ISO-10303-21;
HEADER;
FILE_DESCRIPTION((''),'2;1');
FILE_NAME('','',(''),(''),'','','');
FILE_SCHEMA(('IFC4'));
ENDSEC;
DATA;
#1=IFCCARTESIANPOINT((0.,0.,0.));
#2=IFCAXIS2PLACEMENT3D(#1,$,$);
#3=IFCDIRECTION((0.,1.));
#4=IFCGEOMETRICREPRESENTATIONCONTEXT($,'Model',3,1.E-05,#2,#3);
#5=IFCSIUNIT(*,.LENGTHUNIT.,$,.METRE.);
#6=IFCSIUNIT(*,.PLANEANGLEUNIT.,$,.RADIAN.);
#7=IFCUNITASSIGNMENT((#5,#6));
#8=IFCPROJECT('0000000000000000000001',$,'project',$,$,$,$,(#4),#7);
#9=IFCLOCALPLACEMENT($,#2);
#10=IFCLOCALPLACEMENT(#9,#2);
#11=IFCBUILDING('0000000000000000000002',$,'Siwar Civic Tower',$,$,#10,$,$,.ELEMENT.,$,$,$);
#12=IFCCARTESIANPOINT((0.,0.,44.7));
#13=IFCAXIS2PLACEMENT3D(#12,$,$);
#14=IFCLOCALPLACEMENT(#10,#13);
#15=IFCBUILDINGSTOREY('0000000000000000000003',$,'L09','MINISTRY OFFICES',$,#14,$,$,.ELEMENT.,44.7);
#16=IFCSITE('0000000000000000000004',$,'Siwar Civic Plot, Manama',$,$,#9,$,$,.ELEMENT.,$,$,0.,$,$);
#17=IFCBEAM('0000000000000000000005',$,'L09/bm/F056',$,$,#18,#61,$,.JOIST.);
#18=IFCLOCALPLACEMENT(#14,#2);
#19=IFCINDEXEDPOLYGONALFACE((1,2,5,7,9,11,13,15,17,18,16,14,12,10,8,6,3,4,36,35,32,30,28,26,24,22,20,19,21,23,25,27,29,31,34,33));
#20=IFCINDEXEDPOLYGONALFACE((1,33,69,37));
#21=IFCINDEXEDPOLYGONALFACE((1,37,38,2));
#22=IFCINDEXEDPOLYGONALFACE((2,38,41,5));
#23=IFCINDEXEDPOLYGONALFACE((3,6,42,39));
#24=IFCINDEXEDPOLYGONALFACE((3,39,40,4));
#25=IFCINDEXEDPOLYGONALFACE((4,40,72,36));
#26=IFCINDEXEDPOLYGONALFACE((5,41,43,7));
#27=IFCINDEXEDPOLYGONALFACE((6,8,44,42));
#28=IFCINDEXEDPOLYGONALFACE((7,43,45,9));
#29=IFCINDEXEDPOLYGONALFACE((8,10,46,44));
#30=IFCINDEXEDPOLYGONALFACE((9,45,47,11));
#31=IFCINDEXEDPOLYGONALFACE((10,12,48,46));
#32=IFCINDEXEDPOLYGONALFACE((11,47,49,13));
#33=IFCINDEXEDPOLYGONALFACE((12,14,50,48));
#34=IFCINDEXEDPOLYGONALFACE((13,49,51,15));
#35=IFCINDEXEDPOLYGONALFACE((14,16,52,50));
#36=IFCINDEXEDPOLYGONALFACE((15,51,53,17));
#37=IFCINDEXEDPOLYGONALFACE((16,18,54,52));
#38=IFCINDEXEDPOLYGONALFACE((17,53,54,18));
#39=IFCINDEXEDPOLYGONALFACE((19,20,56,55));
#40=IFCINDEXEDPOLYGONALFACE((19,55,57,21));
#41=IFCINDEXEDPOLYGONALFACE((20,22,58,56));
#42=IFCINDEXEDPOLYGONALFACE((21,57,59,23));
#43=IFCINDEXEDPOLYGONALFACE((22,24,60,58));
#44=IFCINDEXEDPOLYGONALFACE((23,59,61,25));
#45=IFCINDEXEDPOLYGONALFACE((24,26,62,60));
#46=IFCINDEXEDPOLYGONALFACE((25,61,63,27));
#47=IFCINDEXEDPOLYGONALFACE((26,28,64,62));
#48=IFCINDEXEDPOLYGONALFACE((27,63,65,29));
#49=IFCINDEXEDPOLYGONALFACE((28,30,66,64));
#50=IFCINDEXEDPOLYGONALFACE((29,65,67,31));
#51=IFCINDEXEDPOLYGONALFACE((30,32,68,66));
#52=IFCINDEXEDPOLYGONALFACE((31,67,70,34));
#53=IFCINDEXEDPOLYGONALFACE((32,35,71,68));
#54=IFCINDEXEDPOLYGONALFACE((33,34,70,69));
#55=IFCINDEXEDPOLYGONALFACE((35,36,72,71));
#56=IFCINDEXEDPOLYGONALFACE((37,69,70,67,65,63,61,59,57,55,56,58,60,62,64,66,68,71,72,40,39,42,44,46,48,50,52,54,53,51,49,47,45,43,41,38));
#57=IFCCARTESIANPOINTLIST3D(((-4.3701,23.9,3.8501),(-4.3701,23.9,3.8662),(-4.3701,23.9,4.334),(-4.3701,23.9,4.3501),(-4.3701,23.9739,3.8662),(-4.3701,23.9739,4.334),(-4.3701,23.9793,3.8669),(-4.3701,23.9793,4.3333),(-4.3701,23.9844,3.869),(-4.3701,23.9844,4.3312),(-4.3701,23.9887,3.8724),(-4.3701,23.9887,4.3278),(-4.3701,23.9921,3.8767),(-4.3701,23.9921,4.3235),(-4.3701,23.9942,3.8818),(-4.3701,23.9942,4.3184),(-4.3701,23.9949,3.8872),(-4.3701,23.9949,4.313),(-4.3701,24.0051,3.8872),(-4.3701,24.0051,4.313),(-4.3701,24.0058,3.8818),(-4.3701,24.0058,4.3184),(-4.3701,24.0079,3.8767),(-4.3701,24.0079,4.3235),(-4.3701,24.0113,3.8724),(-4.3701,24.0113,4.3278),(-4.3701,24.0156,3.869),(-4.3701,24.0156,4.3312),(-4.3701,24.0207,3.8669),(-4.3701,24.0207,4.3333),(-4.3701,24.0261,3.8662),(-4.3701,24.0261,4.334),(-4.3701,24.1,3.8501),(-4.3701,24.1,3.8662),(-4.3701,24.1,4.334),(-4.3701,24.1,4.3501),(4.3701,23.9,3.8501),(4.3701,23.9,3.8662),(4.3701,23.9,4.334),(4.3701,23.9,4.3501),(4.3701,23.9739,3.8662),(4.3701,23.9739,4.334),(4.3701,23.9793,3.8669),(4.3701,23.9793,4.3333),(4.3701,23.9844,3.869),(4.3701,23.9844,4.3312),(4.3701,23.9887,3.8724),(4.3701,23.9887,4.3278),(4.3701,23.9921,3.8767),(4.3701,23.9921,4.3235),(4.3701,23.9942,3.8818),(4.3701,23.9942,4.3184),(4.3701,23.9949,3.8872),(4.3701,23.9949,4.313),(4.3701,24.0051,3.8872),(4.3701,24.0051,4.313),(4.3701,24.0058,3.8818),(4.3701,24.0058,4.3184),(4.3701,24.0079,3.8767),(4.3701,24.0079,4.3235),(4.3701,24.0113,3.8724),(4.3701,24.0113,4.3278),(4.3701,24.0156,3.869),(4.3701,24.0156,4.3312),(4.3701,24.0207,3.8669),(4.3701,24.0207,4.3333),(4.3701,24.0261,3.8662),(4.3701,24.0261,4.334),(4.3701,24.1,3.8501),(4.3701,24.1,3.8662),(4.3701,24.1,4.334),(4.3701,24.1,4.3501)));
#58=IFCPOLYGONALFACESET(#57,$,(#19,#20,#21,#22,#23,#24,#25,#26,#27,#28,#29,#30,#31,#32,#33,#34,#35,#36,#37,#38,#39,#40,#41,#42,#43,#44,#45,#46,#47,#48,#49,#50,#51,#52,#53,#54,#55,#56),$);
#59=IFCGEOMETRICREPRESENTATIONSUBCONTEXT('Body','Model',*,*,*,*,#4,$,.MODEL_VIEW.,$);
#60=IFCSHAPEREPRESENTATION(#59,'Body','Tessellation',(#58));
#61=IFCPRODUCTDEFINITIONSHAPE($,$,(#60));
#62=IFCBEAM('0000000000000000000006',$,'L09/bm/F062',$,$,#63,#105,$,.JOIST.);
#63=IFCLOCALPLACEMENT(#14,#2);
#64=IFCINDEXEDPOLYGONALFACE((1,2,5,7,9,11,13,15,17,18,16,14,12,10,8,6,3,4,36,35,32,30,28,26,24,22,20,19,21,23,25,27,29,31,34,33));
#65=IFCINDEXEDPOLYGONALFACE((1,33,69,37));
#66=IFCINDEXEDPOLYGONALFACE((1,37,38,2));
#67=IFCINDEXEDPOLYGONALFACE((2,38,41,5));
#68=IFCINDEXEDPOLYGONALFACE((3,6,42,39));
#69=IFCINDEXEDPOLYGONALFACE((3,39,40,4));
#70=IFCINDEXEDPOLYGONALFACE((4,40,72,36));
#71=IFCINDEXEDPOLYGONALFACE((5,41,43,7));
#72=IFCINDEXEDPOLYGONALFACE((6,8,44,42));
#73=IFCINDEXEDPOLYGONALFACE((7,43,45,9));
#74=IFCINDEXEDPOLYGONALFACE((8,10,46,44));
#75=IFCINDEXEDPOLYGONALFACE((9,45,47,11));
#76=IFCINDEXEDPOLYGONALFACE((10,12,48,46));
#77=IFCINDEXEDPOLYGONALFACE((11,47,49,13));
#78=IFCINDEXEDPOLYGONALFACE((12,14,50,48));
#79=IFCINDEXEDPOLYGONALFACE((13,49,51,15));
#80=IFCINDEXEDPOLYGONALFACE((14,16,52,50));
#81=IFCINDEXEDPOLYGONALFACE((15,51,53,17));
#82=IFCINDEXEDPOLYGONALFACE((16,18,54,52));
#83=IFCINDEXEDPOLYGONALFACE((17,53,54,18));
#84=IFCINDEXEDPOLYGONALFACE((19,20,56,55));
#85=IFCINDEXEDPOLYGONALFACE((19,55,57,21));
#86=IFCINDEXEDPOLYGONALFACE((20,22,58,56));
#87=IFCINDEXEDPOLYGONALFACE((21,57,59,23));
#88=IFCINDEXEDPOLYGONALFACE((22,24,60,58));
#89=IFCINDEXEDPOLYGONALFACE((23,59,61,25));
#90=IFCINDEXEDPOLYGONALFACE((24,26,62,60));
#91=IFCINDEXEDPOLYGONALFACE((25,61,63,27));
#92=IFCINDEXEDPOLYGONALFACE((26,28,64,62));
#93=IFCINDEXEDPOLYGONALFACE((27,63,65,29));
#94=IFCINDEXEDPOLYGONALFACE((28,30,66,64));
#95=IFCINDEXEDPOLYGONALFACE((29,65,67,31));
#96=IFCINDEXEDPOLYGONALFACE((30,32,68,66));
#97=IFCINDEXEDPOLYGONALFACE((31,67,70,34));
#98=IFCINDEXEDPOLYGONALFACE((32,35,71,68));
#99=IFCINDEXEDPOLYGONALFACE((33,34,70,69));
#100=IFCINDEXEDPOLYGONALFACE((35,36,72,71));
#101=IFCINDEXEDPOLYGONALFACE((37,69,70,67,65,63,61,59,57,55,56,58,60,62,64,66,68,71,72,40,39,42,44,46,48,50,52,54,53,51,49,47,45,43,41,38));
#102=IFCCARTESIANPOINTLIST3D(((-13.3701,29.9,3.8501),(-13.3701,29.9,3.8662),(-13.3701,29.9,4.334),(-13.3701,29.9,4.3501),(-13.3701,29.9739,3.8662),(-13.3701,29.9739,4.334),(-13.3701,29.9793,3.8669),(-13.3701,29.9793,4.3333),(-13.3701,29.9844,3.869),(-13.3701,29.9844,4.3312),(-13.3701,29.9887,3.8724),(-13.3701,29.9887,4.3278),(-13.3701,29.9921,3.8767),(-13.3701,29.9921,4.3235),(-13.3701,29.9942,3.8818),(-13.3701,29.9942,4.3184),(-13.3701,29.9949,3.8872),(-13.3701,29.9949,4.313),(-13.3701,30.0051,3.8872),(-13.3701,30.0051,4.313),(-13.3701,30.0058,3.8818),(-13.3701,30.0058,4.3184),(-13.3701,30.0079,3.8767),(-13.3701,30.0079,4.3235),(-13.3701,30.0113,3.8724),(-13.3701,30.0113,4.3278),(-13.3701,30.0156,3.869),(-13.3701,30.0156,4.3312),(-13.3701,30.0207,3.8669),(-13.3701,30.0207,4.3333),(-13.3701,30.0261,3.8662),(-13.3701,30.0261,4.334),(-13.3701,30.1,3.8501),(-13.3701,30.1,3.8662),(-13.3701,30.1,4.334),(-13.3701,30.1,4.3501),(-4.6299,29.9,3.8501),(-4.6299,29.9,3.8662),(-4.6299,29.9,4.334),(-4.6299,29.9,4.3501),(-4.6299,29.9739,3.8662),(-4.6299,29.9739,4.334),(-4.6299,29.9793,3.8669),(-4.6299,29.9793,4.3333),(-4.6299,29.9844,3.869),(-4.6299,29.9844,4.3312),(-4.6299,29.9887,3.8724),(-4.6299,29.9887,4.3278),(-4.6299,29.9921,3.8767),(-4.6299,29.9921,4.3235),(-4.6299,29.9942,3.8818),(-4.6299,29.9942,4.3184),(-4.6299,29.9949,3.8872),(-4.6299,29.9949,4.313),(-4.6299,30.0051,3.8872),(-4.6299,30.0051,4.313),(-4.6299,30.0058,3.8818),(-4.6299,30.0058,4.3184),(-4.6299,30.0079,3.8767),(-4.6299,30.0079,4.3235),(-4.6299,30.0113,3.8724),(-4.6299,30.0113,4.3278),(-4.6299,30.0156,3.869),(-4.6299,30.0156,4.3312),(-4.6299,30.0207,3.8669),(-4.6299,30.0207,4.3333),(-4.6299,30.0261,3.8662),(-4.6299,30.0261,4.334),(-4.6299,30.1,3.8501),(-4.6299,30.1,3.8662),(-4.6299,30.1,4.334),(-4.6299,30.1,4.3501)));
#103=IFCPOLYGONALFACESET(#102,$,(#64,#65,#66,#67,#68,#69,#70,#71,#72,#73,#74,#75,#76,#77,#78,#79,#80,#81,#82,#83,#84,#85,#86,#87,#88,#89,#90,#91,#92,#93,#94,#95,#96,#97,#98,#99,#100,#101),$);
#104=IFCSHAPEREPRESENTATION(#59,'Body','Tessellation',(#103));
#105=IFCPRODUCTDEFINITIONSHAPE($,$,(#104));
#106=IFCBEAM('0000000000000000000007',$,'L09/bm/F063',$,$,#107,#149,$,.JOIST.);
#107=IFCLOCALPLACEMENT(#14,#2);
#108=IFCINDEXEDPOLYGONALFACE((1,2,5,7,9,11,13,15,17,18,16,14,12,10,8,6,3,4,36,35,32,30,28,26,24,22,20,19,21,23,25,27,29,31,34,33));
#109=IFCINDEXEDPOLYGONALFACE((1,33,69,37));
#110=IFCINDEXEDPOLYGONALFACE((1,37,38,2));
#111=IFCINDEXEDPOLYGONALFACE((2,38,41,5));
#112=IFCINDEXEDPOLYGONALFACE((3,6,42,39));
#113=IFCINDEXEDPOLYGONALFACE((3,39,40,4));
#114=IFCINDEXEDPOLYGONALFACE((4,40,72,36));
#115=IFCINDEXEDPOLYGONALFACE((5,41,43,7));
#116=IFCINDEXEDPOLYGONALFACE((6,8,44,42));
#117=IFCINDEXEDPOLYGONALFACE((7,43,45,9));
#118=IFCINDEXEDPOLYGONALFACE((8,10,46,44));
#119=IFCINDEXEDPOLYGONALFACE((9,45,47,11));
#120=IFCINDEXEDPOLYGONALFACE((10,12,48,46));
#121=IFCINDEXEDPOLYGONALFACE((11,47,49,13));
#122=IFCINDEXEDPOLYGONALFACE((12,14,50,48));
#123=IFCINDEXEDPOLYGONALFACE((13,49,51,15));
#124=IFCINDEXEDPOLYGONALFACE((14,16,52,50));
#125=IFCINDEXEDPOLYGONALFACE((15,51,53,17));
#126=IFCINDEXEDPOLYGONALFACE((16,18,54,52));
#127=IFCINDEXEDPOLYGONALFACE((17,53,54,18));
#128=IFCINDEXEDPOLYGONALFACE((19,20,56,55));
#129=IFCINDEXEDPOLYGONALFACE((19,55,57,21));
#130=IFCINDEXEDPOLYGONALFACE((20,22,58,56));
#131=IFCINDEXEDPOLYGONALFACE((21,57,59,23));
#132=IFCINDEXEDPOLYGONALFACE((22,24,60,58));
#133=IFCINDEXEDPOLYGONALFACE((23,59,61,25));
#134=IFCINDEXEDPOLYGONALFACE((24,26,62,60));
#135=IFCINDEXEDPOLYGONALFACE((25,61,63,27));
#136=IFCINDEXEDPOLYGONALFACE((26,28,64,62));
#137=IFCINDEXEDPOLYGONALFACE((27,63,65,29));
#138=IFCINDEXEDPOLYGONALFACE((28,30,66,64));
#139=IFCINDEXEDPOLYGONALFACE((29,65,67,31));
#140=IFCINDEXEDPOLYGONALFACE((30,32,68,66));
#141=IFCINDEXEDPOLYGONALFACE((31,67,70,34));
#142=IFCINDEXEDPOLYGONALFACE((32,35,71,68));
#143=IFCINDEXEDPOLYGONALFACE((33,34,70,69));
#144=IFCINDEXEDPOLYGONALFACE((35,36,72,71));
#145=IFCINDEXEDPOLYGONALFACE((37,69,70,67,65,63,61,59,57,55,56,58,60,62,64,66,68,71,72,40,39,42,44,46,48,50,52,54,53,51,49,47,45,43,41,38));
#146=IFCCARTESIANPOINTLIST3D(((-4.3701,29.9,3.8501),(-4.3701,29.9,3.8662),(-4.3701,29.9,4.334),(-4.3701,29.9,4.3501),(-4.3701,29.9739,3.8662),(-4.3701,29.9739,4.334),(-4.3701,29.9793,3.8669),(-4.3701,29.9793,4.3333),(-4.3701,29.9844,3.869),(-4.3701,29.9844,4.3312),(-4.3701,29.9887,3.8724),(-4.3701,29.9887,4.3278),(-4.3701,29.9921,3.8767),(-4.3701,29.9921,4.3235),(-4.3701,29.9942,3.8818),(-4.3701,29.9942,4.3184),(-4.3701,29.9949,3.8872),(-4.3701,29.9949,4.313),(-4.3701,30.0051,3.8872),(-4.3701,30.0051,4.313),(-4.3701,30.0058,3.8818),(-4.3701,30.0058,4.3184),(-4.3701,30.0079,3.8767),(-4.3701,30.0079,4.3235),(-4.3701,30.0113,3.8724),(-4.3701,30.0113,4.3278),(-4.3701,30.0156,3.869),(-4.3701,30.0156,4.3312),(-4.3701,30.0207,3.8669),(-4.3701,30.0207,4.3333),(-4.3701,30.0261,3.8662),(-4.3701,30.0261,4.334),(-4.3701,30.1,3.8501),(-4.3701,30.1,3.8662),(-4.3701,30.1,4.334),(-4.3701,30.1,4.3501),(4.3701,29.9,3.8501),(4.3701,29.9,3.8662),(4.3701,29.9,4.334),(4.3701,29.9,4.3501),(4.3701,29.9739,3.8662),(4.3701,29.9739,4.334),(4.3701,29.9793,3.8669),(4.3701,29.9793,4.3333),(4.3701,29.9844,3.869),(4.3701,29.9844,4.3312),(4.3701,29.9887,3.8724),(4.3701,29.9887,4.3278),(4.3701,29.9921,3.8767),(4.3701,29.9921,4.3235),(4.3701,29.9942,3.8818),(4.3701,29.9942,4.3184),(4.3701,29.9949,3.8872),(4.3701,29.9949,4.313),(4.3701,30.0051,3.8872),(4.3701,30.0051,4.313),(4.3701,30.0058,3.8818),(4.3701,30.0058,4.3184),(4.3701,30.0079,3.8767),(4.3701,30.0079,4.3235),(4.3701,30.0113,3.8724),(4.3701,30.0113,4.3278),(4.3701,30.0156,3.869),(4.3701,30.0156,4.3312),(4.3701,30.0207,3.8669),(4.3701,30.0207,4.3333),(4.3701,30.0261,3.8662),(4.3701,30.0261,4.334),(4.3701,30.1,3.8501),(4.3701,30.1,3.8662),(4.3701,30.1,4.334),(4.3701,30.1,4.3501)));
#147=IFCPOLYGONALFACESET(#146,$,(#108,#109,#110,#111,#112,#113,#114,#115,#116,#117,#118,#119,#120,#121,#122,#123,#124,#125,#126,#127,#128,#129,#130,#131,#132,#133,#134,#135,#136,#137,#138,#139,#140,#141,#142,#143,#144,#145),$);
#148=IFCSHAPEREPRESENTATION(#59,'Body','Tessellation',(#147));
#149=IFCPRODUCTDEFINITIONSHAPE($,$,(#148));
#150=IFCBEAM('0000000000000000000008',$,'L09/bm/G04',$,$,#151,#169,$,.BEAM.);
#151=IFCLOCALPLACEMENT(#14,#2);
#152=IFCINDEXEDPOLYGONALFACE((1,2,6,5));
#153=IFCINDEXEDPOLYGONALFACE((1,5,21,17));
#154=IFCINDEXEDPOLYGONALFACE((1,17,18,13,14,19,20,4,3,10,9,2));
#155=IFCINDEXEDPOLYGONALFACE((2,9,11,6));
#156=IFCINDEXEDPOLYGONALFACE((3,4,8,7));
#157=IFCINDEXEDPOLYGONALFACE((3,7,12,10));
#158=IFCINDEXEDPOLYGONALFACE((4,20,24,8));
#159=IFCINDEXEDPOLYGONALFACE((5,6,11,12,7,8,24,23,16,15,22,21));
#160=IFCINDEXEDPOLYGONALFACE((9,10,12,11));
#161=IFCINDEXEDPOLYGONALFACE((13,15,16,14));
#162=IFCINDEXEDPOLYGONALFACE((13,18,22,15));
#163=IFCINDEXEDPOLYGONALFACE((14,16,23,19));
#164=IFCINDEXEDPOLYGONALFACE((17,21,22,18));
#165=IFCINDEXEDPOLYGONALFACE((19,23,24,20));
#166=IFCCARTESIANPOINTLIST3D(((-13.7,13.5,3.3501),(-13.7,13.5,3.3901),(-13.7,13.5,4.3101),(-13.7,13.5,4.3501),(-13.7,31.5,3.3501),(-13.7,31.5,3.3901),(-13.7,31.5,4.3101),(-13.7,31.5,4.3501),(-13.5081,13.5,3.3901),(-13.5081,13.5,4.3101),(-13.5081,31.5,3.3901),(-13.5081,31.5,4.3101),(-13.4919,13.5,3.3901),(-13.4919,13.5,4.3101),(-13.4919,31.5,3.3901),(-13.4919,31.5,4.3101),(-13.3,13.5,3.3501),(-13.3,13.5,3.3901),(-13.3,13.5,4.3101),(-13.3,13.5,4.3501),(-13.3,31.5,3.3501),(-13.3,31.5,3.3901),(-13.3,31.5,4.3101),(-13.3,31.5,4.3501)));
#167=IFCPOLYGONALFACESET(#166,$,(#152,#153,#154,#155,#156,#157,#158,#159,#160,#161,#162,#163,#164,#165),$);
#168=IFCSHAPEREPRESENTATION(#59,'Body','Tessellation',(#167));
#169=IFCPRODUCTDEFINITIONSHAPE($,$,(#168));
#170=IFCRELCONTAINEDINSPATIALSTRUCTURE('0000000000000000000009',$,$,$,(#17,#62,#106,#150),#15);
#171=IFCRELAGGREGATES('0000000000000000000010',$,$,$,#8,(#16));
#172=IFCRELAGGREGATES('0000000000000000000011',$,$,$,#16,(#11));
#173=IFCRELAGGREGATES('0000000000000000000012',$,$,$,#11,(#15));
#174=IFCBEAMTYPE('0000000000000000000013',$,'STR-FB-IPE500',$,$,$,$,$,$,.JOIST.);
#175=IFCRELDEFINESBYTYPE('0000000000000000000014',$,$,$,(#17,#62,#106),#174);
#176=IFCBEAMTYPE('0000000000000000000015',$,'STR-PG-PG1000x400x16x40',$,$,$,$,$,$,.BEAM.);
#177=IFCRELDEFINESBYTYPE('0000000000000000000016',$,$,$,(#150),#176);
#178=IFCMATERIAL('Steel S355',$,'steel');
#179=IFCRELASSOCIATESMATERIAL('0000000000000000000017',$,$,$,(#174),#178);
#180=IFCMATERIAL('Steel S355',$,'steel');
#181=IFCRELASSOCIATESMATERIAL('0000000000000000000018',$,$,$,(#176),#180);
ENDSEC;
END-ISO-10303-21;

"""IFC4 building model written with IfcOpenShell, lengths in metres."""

from ifc_helpers import new_model, si_unit, direction, frame, origin, origin_2d, place, context, subcontext, project, spatial, i_section, extrude, material, material_profile, profile_set, type_object, element, save


model = new_model("IFC4")

# Units and contexts
model_context = context("Model", 3, precision=1e-05, world=origin(), true_north=direction((0.0, 1.0)))
body_context = subcontext(model_context, "Body", "Model", "MODEL_VIEW")
ifc_project = project(units=[si_unit("LENGTHUNIT", "METRE"), si_unit("PLANEANGLEUNIT", "RADIAN")], contexts=[model_context])

# Site, building, storey
site_placement = place(None, origin())
site = spatial("IfcSite", under=ifc_project, at=site_placement, Name="Siwar Civic Plot, Manama", CompositionType="ELEMENT", RefElevation=0.0)
building_placement = place(site_placement, origin())
building = spatial("IfcBuilding", under=site, at=building_placement, Name="Siwar Civic Tower", CompositionType="ELEMENT")
storey_placement = place(building_placement, frame((0.0, 0.0, 44.7)))
storey = spatial("IfcBuildingStorey", under=building, at=storey_placement, Name="L09", Description="MINISTRY OFFICES", CompositionType="ELEMENT", Elevation=44.7)

# Beams
ifc_material_1 = material(Name="Steel S355", Category="steel")
ifc_material_profile_1 = material_profile(ifc_material_1, i_section(OverallWidth=0.2, OverallDepth=0.5, WebThickness=0.0103, FlangeThickness=0.0161, FilletRadius=0.021, at=origin_2d()), Name="IPE500")
ifc_profile_set_1 = profile_set([ifc_material_profile_1], Name="Steel S355")
beam_type_1 = type_object("IfcBeamType", Name="STR-FB-IPE500", PredefinedType="JOIST", material=ifc_profile_set_1)
for number, where, z_axis, x_axis, name in (
    (1, (-4.3701, 24.0, 4.1001), (1.0, 0.0, 0.0), (0.0, 1.0, 0.0), "L09/bm/F056"),
    (2, (-13.3701, 30.0, 4.1001), (1.0, 0.0, 0.0), (0.0, 1.0, 0.0), "L09/bm/F062"),
    (3, (-4.3701, 30.0, 4.1001), (1.0, 0.0, 0.0), (0.0, 1.0, 0.0), "L09/bm/F063"),
):
    element("IfcBeam", number, at=place(storey_placement, frame(where, z_axis=z_axis, x_axis=x_axis)), inside=storey, type_object=beam_type_1, Name=name, PredefinedType="JOIST", context=body_context, shape_type="SweptSolid", body=[
        extrude(i_section(OverallWidth=0.2, OverallDepth=0.5, WebThickness=0.0103, FlangeThickness=0.0161, FilletRadius=0.021, at=origin_2d()), origin(), (0.0, 0.0, 1.0), 8.7402),
    ])
ifc_material_2 = material(Name="Steel S355", Category="steel")
ifc_material_profile_2 = material_profile(ifc_material_2, i_section(OverallWidth=0.3999, OverallDepth=1.0, WebThickness=0.0161, FlangeThickness=0.04, at=origin_2d()), Name="PG1000x400x16x40")
ifc_profile_set_2 = profile_set([ifc_material_profile_2], Name="Steel S355")
beam_type_2 = type_object("IfcBeamType", Name="STR-PG-PG1000x400x16x40", PredefinedType="BEAM", material=ifc_profile_set_2)
beam_1_placement = place(storey_placement, frame((-13.5, 13.5, 3.8501), z_axis=(0.0, 1.0, 0.0), x_axis=(-1.0, 0.0, 0.0)))
element("IfcBeam", 4, at=beam_1_placement, inside=storey, type_object=beam_type_2, Name="L09/bm/G04", PredefinedType="BEAM", context=body_context, shape_type="SweptSolid", body=[
    extrude(i_section(OverallWidth=0.3999, OverallDepth=1.0, WebThickness=0.0161, FlangeThickness=0.04, at=origin_2d()), origin(), (0.0, 0.0, 1.0), 18.0),
])

save(model, "model.ifc")
